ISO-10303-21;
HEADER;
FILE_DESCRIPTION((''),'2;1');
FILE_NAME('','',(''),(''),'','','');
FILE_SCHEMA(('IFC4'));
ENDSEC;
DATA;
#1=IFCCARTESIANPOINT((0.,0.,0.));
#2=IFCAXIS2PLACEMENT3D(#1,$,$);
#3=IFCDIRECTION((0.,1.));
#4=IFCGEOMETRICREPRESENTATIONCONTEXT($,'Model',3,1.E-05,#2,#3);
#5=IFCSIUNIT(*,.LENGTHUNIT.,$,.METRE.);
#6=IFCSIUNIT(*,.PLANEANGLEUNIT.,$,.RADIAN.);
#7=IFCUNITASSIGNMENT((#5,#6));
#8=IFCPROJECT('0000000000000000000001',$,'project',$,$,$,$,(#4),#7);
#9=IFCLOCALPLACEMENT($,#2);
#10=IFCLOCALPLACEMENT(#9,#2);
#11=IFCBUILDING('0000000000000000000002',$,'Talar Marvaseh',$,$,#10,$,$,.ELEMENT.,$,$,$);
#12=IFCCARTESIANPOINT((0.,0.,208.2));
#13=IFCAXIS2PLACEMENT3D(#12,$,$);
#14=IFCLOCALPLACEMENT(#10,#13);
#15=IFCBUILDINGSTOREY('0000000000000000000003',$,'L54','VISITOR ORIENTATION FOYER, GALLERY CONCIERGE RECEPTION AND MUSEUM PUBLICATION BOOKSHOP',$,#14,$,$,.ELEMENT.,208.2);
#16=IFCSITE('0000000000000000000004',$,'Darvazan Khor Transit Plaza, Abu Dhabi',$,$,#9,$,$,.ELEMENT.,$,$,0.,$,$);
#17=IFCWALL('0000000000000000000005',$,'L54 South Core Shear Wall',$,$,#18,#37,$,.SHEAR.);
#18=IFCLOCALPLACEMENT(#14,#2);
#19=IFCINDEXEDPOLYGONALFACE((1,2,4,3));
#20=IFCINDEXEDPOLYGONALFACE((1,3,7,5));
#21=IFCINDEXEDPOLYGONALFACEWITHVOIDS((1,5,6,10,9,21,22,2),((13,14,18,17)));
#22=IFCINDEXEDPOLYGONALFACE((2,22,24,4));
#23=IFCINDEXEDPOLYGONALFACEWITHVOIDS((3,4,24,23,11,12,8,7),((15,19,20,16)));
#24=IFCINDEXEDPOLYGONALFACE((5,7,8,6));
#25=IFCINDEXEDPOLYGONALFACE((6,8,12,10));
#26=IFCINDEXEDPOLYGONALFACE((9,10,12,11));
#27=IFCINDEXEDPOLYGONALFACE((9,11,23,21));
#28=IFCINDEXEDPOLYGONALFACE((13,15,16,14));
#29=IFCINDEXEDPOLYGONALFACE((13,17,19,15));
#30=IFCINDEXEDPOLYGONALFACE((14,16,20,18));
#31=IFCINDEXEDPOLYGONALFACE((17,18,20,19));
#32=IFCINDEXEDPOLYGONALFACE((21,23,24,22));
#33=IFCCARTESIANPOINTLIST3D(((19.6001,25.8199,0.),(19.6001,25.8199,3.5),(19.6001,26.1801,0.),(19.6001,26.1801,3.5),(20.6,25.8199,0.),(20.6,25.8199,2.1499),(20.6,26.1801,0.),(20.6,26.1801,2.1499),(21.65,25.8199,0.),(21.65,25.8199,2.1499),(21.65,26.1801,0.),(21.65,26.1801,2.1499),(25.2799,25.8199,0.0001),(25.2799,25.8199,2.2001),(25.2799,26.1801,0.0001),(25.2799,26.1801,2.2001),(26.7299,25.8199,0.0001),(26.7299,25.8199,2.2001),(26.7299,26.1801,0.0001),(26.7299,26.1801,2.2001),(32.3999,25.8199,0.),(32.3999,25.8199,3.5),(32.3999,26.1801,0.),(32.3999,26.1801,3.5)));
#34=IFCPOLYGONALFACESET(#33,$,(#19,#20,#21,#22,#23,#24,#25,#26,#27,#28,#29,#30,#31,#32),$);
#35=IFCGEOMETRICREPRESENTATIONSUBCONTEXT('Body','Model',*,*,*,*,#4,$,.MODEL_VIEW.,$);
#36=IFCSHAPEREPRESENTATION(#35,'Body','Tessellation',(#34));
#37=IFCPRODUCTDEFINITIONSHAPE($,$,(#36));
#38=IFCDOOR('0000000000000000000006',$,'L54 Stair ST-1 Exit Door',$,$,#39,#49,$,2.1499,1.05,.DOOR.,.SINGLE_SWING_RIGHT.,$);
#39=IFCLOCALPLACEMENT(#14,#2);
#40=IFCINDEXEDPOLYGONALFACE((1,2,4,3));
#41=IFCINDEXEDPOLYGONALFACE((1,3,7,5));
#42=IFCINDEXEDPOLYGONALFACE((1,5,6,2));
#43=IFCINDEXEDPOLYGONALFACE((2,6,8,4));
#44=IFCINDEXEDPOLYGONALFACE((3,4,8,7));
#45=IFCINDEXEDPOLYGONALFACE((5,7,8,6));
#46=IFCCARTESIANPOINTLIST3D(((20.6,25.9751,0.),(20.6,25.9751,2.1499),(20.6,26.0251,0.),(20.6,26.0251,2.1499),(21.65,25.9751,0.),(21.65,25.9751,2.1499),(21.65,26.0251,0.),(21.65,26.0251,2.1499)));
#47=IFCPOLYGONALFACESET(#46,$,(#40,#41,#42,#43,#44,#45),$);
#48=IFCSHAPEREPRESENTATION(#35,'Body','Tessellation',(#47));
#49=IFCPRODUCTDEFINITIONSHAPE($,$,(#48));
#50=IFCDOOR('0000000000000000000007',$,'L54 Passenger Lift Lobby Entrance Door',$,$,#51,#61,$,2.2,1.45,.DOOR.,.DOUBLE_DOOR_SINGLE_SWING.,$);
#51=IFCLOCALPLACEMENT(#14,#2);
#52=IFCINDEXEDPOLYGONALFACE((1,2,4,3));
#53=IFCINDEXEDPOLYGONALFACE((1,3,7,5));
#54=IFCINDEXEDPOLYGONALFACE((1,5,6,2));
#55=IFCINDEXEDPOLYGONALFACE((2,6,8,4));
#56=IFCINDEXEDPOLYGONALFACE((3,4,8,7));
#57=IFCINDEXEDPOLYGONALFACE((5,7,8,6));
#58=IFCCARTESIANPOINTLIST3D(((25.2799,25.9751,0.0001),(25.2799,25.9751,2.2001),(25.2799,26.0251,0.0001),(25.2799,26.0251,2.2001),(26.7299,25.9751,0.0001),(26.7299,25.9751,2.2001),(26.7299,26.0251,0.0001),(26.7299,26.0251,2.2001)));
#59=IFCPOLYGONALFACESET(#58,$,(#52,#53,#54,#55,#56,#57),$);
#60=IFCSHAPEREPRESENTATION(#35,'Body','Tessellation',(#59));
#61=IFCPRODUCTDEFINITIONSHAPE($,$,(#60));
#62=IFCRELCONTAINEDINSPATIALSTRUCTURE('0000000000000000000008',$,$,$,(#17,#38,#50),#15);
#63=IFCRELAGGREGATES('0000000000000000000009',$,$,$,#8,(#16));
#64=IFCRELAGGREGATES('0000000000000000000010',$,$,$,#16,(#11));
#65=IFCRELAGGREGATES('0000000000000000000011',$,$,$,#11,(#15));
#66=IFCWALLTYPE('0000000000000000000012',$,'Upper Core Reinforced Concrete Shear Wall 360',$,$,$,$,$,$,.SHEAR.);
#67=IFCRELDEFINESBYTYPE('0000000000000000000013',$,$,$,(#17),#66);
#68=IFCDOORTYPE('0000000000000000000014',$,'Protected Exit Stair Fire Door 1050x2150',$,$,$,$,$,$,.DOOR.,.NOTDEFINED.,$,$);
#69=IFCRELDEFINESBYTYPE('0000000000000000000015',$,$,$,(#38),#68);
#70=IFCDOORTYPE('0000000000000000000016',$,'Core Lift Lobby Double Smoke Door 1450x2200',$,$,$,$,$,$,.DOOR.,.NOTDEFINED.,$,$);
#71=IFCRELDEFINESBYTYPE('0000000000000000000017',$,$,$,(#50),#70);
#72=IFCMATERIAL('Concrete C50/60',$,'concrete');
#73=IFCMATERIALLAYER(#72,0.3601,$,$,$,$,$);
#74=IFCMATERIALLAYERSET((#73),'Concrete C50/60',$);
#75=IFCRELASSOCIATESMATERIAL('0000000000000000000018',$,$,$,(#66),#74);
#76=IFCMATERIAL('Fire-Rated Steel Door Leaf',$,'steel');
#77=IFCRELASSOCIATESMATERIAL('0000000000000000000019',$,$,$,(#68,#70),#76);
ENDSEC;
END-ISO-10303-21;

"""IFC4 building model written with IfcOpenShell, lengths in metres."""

from ifc_helpers import new_model, si_unit, direction, frame, frame_2d, origin, place, context, subcontext, project, spatial, rectangle, extrude, source, transform, mapped, material, layer, layer_set, type_object, type_shapes, element, fill, save


model = new_model("IFC4")

# Units and contexts
model_context = context("Model", 3, precision=1e-05, world=origin(), true_north=direction((0.0, 1.0)))
body_context = subcontext(model_context, "Body", "Model", "MODEL_VIEW")
ifc_project = project(units=[si_unit("LENGTHUNIT", "METRE"), si_unit("PLANEANGLEUNIT", "RADIAN")], contexts=[model_context])

# Site, building, storey
site_placement = place(None, origin())
site = spatial("IfcSite", under=ifc_project, at=site_placement, Name="Darvazan Khor Transit Plaza, Abu Dhabi", CompositionType="ELEMENT", RefElevation=0.0)
building_placement = place(site_placement, origin())
building = spatial("IfcBuilding", under=site, at=building_placement, Name="Talar Marvaseh", CompositionType="ELEMENT")
storey_placement = place(building_placement, frame((0.0, 0.0, 208.2)))
storey = spatial("IfcBuildingStorey", under=building, at=storey_placement, Name="L54", Description="VISITOR ORIENTATION FOYER, GALLERY CONCIERGE RECEPTION AND MUSEUM PUBLICATION BOOKSHOP", CompositionType="ELEMENT", Elevation=208.2)

# Wall, openings, doors
ifc_material_1 = material(Name="Concrete C50/60", Category="concrete")
ifc_layer_1 = layer(ifc_material_1, 0.3601)
ifc_layer_set_1 = layer_set([ifc_layer_1], Name="Concrete C50/60")
wall_type_1 = type_object("IfcWallType", Name="Upper Core Reinforced Concrete Shear Wall 360", PredefinedType="SHEAR", material=ifc_layer_set_1)
wall_1_placement = place(storey_placement, frame((32.3999, 26.0, 0.0), z_axis=(0.0, 0.0, 1.0), x_axis=(-1.0, 0.0, 0.0)))
wall_1 = element("IfcWall", 1, at=wall_1_placement, inside=storey, type_object=wall_type_1, Name="L54 South Core Shear Wall", PredefinedType="SHEAR", context=body_context, shape_type="SweptSolid", body=[
    extrude(rectangle(XDim=12.7998, YDim=0.3601, at=frame_2d((6.3999, 0.0))), origin(), (0.0, 0.0, 1.0), 3.5),
])
opening_1_placement = place(wall_1_placement, frame((10.75, 0.0, 0.0)))
opening_1 = element("IfcOpeningElement", 2, at=opening_1_placement, cuts=wall_1, PredefinedType="OPENING", context=body_context, shape_type="SweptSolid", body=[
    extrude(rectangle(XDim=1.05, YDim=2.1499, at=frame_2d((0.5249, 1.075))), frame((0.0, 0.1899, 0.0), z_axis=(0.0, -1.0, 0.0), x_axis=(1.0, 0.0, 0.0)), (0.0, 0.0, 1.0), 0.3801),
])
opening_2_placement = place(wall_1_placement, frame((5.6699, 0.0, 0.0)))
opening_2 = element("IfcOpeningElement", 3, at=opening_2_placement, cuts=wall_1, PredefinedType="OPENING", context=body_context, shape_type="SweptSolid", body=[
    extrude(rectangle(XDim=1.45, YDim=2.2, at=frame_2d((0.7251, 1.1001))), frame((0.0, 0.1899, 0.0), z_axis=(0.0, -1.0, 0.0), x_axis=(1.0, 0.0, 0.0)), (0.0, 0.0, 1.0), 0.3801),
])
ifc_material_2 = material(Name="Fire-Rated Steel Door Leaf", Category="steel")
door_type_1 = type_object("IfcDoorType", Name="Protected Exit Stair Fire Door 1050x2150", OperationType="NOTDEFINED", PredefinedType="DOOR", material=ifc_material_2)
shared_shape_1 = source(origin(), body_context, "Body", "SweptSolid", [
    extrude(rectangle(XDim=1.05, YDim=2.1499, at=frame_2d((0.5249, 1.075))), frame((0.0, 0.0249, 0.0), z_axis=(0.0, -1.0, 0.0), x_axis=(1.0, 0.0, 0.0)), (0.0, 0.0, 1.0), 0.05),
])
type_shapes(door_type_1, [shared_shape_1])
door_1_placement = place(opening_1_placement, origin())
door_1 = element("IfcDoor", 4, at=door_1_placement, inside=storey, type_object=door_type_1, Name="L54 Stair ST-1 Exit Door", OperationType="SINGLE_SWING_RIGHT", OverallHeight=2.1499, OverallWidth=1.05, PredefinedType="DOOR", context=body_context, shape_type="MappedRepresentation", body=[
    mapped(shared_shape_1, transform((0.0, 0.0, 0.0), x_axis=(1.0, 0.0, 0.0), y_axis=(0.0, 1.0, 0.0), z_axis=(0.0, 0.0, 1.0), scale=1.0)),
])
fill(opening_1, door_1)
door_type_2 = type_object("IfcDoorType", Name="Core Lift Lobby Double Smoke Door 1450x2200", OperationType="NOTDEFINED", PredefinedType="DOOR", material=ifc_material_2)
shared_shape_2 = source(origin(), body_context, "Body", "SweptSolid", [
    extrude(rectangle(XDim=1.45, YDim=2.2, at=frame_2d((0.7251, 1.1001))), frame((0.0, 0.0249, 0.0), z_axis=(0.0, -1.0, 0.0), x_axis=(1.0, 0.0, 0.0)), (0.0, 0.0, 1.0), 0.05),
])
type_shapes(door_type_2, [shared_shape_2])
door_2_placement = place(opening_2_placement, origin())
door_2 = element("IfcDoor", 5, at=door_2_placement, inside=storey, type_object=door_type_2, Name="L54 Passenger Lift Lobby Entrance Door", OperationType="DOUBLE_DOOR_SINGLE_SWING", OverallHeight=2.2, OverallWidth=1.45, PredefinedType="DOOR", context=body_context, shape_type="MappedRepresentation", body=[
    mapped(shared_shape_2, transform((0.0, 0.0, 0.0), x_axis=(1.0, 0.0, 0.0), y_axis=(0.0, 1.0, 0.0), z_axis=(0.0, 0.0, 1.0), scale=1.0)),
])
fill(opening_2, door_2)

save(model, "model.ifc")
